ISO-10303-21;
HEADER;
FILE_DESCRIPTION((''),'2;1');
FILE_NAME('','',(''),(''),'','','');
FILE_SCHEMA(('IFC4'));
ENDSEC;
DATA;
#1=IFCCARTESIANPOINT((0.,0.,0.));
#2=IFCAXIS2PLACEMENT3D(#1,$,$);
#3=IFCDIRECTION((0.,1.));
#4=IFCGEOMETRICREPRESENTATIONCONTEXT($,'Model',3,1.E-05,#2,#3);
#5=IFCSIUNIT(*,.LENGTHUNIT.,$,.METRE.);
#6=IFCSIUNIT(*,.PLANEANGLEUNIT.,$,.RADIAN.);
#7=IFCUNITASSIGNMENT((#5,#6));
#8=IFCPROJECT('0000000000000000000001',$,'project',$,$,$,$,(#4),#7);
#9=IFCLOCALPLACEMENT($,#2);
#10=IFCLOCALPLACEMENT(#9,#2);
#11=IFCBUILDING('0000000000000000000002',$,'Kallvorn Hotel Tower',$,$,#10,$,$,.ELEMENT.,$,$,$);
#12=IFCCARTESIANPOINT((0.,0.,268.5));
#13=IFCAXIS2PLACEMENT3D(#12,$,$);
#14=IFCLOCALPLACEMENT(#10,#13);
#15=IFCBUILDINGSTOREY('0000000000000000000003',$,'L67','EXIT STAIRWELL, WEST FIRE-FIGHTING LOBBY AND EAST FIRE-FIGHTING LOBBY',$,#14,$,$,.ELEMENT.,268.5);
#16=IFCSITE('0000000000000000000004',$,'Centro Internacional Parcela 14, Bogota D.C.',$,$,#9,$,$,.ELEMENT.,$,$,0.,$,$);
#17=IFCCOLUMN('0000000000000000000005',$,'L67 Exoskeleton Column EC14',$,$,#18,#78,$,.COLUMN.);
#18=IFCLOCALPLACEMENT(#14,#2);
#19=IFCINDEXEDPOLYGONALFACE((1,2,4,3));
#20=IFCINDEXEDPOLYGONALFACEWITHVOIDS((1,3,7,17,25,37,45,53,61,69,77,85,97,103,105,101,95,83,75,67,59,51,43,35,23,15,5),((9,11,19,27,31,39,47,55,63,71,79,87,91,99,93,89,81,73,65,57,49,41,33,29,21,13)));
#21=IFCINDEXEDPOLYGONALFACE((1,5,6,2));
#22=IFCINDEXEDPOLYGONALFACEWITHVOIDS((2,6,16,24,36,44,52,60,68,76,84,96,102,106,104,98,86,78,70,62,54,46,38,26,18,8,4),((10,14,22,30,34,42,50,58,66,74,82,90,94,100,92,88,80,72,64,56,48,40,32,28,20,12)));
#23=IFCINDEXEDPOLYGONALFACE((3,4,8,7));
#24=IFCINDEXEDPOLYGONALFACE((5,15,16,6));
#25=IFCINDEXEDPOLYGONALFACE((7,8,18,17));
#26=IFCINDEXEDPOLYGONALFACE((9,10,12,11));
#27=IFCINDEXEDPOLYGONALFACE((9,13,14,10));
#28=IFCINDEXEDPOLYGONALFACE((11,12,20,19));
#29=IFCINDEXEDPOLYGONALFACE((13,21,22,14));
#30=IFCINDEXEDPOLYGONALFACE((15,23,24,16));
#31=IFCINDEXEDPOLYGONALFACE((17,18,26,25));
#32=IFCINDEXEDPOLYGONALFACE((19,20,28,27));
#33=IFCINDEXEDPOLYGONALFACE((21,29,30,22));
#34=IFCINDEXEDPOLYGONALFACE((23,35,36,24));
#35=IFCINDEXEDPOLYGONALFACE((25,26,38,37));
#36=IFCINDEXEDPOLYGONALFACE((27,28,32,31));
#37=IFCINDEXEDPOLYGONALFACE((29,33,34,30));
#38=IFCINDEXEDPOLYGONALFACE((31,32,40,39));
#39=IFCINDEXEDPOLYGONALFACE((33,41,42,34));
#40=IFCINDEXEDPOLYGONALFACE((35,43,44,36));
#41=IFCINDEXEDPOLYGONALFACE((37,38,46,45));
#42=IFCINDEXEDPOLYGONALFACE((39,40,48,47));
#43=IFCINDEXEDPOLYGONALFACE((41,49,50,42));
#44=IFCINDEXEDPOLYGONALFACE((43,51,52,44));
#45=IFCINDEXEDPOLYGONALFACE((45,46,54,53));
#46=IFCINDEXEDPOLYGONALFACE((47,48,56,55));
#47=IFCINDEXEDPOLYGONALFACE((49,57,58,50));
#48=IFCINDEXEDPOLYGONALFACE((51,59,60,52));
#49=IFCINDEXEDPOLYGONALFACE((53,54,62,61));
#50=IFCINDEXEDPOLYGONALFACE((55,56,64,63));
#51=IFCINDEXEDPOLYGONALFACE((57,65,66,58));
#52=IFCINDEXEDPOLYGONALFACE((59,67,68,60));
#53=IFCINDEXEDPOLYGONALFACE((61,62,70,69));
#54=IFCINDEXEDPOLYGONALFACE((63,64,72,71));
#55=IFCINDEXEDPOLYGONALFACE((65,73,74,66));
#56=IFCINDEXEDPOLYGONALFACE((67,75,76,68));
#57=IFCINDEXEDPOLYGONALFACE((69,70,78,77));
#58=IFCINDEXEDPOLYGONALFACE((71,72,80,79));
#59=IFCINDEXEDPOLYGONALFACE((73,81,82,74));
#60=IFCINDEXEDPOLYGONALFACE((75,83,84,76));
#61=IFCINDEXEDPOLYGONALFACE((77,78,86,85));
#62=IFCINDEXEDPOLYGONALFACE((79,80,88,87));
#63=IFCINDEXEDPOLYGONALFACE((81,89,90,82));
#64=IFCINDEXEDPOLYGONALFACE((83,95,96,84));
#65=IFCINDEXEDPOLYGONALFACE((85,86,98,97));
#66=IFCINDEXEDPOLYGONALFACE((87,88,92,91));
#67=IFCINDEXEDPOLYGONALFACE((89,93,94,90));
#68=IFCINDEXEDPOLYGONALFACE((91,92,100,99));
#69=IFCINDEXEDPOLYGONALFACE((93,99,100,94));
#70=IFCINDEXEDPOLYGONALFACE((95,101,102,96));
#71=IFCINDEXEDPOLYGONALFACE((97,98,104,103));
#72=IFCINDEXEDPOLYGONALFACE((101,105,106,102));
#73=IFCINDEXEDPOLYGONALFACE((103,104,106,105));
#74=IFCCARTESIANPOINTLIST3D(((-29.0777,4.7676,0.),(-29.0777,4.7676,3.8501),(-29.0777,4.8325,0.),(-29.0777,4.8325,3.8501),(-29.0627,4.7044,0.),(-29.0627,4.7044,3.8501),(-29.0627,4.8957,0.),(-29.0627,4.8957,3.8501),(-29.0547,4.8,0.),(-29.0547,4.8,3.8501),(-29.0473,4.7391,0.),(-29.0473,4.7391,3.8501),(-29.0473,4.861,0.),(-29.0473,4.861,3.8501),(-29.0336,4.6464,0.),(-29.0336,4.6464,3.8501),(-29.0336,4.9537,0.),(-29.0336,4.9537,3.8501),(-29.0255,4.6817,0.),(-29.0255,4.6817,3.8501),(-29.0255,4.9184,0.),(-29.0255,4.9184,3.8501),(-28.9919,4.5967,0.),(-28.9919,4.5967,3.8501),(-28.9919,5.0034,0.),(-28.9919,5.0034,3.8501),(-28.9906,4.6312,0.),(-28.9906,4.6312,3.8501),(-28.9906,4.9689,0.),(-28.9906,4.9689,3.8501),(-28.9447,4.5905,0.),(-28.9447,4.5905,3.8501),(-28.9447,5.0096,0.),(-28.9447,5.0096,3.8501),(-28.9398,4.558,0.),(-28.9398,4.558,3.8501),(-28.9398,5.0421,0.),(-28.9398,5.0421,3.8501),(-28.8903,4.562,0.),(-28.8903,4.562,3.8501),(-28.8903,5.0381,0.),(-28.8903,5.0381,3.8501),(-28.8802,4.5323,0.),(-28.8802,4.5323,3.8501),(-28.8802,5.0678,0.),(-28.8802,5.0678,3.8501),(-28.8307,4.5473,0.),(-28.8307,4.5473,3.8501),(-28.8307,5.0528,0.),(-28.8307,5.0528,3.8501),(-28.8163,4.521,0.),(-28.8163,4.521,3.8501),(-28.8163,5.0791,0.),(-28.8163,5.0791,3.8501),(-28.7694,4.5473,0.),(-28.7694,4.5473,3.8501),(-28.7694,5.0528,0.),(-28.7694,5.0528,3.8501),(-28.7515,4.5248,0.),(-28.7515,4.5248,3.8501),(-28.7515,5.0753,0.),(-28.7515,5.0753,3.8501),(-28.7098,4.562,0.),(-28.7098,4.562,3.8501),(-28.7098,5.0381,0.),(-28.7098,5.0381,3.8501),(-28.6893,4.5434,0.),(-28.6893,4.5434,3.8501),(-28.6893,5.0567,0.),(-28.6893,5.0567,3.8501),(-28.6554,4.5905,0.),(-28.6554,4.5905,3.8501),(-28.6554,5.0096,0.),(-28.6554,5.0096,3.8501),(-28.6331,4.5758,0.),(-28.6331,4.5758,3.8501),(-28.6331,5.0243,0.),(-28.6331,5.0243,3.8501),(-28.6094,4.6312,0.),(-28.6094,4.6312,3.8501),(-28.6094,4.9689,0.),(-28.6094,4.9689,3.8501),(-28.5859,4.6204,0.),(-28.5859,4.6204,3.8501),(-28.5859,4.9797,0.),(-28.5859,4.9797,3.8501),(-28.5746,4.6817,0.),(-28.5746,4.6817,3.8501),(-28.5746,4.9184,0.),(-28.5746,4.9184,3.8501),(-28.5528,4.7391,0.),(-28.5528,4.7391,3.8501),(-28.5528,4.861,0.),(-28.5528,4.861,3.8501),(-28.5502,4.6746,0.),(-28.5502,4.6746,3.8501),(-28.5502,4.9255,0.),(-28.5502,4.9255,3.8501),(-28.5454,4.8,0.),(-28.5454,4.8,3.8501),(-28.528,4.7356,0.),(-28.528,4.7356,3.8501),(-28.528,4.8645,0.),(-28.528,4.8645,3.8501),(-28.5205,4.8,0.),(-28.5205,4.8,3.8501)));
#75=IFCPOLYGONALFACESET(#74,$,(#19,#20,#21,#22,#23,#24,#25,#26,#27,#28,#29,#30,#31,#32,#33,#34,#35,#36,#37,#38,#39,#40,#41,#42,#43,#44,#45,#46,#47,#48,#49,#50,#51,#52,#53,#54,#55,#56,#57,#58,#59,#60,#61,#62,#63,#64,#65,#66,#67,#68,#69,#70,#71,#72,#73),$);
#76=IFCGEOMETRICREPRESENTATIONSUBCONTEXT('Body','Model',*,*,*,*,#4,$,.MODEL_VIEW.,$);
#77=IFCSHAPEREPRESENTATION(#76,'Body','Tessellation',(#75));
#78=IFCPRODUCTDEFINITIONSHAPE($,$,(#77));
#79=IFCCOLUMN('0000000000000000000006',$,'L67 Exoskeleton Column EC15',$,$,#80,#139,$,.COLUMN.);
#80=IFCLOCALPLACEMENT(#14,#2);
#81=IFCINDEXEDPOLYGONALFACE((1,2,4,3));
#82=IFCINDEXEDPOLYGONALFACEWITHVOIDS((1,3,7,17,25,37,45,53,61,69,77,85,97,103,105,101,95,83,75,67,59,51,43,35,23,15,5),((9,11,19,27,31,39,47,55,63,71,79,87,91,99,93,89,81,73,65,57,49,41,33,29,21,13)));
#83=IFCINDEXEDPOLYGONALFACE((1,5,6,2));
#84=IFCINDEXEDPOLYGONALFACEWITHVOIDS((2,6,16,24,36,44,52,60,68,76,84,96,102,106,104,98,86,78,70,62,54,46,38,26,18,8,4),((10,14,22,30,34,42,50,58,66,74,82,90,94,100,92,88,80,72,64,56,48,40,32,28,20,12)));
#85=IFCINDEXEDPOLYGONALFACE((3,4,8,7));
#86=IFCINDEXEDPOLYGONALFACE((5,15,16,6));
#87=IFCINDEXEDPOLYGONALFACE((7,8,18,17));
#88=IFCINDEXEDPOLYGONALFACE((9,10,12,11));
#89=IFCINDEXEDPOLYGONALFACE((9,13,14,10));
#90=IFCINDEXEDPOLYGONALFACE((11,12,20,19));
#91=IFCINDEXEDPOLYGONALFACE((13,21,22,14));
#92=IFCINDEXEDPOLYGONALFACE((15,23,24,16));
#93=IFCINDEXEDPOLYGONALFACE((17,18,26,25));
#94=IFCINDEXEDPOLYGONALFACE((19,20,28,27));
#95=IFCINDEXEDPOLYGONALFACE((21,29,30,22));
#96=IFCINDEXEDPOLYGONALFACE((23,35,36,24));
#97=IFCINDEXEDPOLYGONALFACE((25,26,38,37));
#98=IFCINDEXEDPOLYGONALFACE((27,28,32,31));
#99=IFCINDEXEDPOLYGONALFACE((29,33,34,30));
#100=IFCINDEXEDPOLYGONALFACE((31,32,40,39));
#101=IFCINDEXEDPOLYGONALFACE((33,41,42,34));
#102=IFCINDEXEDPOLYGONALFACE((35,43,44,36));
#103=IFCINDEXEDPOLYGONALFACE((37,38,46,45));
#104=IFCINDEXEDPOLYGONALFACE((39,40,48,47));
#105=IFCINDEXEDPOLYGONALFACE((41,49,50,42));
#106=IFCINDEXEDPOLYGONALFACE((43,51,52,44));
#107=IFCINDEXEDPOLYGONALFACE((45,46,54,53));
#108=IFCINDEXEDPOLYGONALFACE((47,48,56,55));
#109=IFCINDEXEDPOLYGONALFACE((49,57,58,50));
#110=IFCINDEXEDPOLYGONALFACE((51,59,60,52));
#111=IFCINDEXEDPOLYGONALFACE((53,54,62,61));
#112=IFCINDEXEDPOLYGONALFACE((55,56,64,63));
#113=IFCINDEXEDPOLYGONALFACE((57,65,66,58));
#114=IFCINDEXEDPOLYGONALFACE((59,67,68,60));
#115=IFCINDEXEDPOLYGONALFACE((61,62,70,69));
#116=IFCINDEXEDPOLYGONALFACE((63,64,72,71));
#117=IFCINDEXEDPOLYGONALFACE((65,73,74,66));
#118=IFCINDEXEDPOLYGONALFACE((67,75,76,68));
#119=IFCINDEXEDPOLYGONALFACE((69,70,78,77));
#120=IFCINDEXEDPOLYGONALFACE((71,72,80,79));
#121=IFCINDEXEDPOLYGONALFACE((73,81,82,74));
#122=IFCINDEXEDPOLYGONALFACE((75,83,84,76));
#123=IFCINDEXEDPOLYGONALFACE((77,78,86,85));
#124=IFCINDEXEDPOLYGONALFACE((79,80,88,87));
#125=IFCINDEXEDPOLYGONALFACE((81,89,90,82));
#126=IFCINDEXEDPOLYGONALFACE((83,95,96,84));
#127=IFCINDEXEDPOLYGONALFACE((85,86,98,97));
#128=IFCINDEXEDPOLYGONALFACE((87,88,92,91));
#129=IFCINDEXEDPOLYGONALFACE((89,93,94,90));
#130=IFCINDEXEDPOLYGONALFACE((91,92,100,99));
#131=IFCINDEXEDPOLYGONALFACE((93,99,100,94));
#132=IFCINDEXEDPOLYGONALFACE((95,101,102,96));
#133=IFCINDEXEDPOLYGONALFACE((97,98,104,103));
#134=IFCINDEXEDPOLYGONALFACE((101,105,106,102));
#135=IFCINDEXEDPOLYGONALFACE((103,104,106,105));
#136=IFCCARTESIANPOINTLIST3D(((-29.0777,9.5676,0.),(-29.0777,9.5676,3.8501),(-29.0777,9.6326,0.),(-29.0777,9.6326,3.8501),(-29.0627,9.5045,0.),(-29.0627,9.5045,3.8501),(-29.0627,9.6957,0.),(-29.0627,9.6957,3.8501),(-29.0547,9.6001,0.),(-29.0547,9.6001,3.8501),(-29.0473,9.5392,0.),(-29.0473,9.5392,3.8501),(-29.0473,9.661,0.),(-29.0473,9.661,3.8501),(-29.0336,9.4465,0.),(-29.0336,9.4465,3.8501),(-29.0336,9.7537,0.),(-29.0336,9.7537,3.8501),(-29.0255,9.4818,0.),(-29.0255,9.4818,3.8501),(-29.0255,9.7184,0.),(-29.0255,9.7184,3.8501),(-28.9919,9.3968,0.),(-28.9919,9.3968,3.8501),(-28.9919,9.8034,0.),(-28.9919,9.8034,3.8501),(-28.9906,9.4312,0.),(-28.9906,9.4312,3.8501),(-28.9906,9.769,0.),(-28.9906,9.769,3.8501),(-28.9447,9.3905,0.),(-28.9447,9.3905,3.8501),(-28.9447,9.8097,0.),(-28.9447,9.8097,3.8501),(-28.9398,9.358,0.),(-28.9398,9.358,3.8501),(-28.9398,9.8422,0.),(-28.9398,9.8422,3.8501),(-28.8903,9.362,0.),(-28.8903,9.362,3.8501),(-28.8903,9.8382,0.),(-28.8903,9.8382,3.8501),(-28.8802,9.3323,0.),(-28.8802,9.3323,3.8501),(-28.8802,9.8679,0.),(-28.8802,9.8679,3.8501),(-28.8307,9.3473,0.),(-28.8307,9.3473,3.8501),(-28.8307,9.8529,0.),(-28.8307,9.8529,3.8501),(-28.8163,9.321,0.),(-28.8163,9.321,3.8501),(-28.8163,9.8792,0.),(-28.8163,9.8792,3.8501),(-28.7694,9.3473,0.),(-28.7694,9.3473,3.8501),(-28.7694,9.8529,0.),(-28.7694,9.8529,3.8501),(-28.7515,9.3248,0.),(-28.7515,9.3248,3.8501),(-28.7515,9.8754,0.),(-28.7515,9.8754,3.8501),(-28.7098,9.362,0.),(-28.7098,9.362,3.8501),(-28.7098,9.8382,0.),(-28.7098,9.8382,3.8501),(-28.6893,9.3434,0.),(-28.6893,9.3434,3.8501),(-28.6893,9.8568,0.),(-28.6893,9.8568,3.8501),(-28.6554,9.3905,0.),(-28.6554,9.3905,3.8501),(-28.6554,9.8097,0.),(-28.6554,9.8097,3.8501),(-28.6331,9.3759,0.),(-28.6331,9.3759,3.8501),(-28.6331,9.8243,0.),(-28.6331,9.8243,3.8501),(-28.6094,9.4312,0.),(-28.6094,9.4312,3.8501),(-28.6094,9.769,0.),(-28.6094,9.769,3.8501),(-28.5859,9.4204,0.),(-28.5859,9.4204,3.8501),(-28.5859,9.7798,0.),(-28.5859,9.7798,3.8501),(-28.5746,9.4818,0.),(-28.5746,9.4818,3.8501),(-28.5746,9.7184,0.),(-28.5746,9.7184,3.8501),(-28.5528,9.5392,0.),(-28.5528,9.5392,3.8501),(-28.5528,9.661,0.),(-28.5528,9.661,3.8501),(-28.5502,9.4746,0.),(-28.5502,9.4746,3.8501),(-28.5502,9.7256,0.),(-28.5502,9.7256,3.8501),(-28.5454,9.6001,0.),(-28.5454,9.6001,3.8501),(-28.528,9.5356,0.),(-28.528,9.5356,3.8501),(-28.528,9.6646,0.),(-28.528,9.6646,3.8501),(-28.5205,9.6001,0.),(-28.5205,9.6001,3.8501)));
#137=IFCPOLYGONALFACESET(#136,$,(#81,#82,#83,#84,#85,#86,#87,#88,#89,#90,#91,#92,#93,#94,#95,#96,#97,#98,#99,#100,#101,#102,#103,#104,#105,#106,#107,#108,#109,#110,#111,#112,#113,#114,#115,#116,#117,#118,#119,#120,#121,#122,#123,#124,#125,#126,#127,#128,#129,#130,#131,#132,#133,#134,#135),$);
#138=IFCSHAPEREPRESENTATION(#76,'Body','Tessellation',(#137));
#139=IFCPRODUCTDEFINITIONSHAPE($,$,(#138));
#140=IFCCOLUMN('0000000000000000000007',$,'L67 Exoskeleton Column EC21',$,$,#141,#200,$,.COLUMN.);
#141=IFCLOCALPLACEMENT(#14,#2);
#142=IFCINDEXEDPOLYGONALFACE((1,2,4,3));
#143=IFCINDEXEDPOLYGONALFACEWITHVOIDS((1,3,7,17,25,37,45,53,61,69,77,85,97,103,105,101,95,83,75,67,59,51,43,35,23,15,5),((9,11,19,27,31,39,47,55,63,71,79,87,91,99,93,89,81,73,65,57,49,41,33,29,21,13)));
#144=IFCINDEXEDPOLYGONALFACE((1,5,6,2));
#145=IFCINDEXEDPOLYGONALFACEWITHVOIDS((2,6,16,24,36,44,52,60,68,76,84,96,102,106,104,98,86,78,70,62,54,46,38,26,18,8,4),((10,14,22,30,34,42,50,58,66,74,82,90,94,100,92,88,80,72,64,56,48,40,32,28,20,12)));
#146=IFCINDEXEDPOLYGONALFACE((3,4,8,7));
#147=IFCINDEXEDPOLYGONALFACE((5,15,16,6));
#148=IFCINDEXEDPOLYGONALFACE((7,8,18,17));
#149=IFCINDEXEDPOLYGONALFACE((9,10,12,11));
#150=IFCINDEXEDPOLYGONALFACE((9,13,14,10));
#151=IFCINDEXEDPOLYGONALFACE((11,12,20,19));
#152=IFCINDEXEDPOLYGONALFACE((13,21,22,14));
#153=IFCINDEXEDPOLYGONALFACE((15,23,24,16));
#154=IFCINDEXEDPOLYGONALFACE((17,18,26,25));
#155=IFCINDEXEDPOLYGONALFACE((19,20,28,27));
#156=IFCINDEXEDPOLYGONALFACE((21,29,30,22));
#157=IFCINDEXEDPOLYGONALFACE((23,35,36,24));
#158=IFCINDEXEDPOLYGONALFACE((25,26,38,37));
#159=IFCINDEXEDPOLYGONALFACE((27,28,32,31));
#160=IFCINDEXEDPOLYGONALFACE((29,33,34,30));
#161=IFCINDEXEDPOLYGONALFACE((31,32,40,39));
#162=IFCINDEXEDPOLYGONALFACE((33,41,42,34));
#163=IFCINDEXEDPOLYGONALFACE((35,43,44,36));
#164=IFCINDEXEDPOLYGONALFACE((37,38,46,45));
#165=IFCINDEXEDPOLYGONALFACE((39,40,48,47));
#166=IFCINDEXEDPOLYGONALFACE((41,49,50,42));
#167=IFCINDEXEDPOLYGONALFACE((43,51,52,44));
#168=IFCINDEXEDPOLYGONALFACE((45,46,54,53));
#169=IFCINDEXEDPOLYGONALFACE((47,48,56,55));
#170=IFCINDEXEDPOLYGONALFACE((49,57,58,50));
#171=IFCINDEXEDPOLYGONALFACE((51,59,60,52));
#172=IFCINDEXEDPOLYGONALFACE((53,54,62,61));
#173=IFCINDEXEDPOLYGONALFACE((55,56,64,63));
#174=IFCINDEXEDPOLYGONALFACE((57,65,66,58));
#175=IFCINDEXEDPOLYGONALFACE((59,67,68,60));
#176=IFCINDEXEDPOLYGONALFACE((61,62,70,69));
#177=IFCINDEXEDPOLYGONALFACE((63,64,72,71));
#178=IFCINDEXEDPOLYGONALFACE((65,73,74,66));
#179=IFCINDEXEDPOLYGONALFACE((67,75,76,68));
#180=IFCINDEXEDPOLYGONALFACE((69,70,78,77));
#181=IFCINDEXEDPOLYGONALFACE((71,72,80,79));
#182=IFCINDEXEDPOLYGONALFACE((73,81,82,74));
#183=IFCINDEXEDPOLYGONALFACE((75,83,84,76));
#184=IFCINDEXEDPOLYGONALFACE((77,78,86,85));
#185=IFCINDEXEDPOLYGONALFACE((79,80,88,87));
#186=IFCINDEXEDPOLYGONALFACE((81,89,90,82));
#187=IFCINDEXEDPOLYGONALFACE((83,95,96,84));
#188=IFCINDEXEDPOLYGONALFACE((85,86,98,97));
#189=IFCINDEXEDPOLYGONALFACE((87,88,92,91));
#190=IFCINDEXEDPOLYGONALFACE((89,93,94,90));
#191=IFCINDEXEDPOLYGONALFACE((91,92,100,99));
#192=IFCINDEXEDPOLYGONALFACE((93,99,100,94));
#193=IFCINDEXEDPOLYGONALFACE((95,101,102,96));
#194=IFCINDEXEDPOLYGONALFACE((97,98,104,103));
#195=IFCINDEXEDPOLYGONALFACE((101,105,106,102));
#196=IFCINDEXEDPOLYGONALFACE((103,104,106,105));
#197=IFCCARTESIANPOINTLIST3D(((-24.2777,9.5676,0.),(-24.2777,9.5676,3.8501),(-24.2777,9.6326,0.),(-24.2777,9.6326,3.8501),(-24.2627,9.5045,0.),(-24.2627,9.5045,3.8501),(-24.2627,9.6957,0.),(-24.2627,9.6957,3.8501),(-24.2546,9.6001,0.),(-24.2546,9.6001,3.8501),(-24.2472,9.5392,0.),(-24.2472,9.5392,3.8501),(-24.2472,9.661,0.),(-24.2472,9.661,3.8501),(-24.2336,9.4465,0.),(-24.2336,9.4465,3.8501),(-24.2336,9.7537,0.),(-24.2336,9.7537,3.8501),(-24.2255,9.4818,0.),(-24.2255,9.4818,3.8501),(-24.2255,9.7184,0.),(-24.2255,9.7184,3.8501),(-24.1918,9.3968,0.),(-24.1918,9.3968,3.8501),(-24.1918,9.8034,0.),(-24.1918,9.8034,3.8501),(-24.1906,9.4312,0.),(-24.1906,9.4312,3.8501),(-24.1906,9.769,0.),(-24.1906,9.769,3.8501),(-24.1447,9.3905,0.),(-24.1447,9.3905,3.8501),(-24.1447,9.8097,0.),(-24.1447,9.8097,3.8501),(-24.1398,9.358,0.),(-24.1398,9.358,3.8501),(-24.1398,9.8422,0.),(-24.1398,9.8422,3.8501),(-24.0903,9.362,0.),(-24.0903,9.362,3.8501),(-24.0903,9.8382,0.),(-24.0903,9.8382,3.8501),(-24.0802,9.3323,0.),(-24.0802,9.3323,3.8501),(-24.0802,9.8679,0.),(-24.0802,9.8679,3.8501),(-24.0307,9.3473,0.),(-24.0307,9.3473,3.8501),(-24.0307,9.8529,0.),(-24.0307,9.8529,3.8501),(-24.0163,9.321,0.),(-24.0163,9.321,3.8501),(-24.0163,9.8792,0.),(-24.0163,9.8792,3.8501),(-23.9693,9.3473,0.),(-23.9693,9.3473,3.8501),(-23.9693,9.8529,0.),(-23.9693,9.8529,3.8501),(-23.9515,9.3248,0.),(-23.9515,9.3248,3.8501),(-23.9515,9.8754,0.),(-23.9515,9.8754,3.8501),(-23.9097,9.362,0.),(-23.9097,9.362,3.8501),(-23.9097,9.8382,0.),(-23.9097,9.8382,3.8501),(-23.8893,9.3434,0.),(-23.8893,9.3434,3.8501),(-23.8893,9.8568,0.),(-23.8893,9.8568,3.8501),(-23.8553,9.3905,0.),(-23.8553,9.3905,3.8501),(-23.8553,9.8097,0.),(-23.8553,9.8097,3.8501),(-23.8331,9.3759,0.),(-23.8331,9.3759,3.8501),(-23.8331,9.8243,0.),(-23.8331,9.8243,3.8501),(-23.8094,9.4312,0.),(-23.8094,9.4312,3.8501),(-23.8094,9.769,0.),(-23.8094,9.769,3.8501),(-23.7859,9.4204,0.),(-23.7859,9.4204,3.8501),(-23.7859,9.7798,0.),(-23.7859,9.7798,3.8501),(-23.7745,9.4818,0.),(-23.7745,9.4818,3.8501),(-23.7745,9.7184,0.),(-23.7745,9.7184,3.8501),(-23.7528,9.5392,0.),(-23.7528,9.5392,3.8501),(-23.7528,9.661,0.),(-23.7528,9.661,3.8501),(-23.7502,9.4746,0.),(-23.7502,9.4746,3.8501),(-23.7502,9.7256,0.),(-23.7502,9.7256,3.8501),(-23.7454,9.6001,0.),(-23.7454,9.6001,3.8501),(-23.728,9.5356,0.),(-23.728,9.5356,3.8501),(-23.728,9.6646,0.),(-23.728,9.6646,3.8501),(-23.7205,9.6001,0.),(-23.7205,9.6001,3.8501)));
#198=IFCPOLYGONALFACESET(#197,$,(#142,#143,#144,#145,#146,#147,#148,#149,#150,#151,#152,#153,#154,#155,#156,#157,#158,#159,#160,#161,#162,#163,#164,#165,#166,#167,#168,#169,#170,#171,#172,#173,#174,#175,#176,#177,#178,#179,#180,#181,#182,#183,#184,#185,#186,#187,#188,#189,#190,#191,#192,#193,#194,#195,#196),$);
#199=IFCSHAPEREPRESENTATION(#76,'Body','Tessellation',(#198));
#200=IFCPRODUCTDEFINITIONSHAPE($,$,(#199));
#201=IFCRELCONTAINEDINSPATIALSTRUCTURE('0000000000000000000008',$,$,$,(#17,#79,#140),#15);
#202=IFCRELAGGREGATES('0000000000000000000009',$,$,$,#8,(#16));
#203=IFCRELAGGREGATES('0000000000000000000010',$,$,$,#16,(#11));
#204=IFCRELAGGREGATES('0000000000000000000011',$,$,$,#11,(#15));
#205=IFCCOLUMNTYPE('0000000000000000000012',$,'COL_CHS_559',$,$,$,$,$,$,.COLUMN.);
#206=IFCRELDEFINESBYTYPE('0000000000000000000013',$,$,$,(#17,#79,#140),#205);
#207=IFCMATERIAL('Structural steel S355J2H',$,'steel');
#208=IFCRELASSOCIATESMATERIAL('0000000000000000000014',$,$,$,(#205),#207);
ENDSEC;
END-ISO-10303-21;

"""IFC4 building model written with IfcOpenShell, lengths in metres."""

from ifc_helpers import new_model, si_unit, direction, frame, origin, origin_2d, place, context, subcontext, project, spatial, hollow_circle, extrude, material, material_profile, profile_set, type_object, element, save


model = new_model("IFC4")

# Units and contexts
model_context = context("Model", 3, precision=1e-05, world=origin(), true_north=direction((0.0, 1.0)))
body_context = subcontext(model_context, "Body", "Model", "MODEL_VIEW")
ifc_project = project(units=[si_unit("LENGTHUNIT", "METRE"), si_unit("PLANEANGLEUNIT", "RADIAN")], contexts=[model_context])

# Site, building, storey
site_placement = place(None, origin())
site = spatial("IfcSite", under=ifc_project, at=site_placement, Name="Centro Internacional Parcela 14, Bogota D.C.", CompositionType="ELEMENT", RefElevation=0.0)
building_placement = place(site_placement, origin())
building = spatial("IfcBuilding", under=site, at=building_placement, Name="Kallvorn Hotel Tower", CompositionType="ELEMENT")
storey_placement = place(building_placement, frame((0.0, 0.0, 268.5)))
storey = spatial("IfcBuildingStorey", under=building, at=storey_placement, Name="L67", Description="EXIT STAIRWELL, WEST FIRE-FIGHTING LOBBY AND EAST FIRE-FIGHTING LOBBY", CompositionType="ELEMENT", Elevation=268.5)

# Columns
ifc_material_1 = material(Name="Structural steel S355J2H", Category="steel")
ifc_material_profile_1 = material_profile(ifc_material_1, hollow_circle(Radius=0.2795, WallThickness=0.0249, at=origin_2d()), Name="CHS 559x25")
ifc_profile_set_1 = profile_set([ifc_material_profile_1], Name="Structural steel S355J2H")
column_type_1 = type_object("IfcColumnType", Name="COL_CHS_559", PredefinedType="COLUMN", material=ifc_profile_set_1)
for number, where, z_axis, x_axis, name in (
    (1, (-28.8, 4.8, 0.0), (0.0, 0.0, 1.0), (1.0, 0.0, 0.0), "L67 Exoskeleton Column EC14"),
    (2, (-28.8, 9.6001, 0.0), (0.0, 0.0, 1.0), (1.0, 0.0, 0.0), "L67 Exoskeleton Column EC15"),
    (3, (-24.0, 9.6001, 0.0), (0.0, 0.0, 1.0), (1.0, 0.0, 0.0), "L67 Exoskeleton Column EC21"),
):
    element("IfcColumn", number, at=place(storey_placement, frame(where, z_axis=z_axis, x_axis=x_axis)), inside=storey, type_object=column_type_1, Name=name, PredefinedType="COLUMN", context=body_context, shape_type="SweptSolid", body=[
        extrude(hollow_circle(Radius=0.2795, WallThickness=0.0249, at=origin_2d()), origin(), (0.0, 0.0, 1.0), 3.8501),
    ])

save(model, "model.ifc")
